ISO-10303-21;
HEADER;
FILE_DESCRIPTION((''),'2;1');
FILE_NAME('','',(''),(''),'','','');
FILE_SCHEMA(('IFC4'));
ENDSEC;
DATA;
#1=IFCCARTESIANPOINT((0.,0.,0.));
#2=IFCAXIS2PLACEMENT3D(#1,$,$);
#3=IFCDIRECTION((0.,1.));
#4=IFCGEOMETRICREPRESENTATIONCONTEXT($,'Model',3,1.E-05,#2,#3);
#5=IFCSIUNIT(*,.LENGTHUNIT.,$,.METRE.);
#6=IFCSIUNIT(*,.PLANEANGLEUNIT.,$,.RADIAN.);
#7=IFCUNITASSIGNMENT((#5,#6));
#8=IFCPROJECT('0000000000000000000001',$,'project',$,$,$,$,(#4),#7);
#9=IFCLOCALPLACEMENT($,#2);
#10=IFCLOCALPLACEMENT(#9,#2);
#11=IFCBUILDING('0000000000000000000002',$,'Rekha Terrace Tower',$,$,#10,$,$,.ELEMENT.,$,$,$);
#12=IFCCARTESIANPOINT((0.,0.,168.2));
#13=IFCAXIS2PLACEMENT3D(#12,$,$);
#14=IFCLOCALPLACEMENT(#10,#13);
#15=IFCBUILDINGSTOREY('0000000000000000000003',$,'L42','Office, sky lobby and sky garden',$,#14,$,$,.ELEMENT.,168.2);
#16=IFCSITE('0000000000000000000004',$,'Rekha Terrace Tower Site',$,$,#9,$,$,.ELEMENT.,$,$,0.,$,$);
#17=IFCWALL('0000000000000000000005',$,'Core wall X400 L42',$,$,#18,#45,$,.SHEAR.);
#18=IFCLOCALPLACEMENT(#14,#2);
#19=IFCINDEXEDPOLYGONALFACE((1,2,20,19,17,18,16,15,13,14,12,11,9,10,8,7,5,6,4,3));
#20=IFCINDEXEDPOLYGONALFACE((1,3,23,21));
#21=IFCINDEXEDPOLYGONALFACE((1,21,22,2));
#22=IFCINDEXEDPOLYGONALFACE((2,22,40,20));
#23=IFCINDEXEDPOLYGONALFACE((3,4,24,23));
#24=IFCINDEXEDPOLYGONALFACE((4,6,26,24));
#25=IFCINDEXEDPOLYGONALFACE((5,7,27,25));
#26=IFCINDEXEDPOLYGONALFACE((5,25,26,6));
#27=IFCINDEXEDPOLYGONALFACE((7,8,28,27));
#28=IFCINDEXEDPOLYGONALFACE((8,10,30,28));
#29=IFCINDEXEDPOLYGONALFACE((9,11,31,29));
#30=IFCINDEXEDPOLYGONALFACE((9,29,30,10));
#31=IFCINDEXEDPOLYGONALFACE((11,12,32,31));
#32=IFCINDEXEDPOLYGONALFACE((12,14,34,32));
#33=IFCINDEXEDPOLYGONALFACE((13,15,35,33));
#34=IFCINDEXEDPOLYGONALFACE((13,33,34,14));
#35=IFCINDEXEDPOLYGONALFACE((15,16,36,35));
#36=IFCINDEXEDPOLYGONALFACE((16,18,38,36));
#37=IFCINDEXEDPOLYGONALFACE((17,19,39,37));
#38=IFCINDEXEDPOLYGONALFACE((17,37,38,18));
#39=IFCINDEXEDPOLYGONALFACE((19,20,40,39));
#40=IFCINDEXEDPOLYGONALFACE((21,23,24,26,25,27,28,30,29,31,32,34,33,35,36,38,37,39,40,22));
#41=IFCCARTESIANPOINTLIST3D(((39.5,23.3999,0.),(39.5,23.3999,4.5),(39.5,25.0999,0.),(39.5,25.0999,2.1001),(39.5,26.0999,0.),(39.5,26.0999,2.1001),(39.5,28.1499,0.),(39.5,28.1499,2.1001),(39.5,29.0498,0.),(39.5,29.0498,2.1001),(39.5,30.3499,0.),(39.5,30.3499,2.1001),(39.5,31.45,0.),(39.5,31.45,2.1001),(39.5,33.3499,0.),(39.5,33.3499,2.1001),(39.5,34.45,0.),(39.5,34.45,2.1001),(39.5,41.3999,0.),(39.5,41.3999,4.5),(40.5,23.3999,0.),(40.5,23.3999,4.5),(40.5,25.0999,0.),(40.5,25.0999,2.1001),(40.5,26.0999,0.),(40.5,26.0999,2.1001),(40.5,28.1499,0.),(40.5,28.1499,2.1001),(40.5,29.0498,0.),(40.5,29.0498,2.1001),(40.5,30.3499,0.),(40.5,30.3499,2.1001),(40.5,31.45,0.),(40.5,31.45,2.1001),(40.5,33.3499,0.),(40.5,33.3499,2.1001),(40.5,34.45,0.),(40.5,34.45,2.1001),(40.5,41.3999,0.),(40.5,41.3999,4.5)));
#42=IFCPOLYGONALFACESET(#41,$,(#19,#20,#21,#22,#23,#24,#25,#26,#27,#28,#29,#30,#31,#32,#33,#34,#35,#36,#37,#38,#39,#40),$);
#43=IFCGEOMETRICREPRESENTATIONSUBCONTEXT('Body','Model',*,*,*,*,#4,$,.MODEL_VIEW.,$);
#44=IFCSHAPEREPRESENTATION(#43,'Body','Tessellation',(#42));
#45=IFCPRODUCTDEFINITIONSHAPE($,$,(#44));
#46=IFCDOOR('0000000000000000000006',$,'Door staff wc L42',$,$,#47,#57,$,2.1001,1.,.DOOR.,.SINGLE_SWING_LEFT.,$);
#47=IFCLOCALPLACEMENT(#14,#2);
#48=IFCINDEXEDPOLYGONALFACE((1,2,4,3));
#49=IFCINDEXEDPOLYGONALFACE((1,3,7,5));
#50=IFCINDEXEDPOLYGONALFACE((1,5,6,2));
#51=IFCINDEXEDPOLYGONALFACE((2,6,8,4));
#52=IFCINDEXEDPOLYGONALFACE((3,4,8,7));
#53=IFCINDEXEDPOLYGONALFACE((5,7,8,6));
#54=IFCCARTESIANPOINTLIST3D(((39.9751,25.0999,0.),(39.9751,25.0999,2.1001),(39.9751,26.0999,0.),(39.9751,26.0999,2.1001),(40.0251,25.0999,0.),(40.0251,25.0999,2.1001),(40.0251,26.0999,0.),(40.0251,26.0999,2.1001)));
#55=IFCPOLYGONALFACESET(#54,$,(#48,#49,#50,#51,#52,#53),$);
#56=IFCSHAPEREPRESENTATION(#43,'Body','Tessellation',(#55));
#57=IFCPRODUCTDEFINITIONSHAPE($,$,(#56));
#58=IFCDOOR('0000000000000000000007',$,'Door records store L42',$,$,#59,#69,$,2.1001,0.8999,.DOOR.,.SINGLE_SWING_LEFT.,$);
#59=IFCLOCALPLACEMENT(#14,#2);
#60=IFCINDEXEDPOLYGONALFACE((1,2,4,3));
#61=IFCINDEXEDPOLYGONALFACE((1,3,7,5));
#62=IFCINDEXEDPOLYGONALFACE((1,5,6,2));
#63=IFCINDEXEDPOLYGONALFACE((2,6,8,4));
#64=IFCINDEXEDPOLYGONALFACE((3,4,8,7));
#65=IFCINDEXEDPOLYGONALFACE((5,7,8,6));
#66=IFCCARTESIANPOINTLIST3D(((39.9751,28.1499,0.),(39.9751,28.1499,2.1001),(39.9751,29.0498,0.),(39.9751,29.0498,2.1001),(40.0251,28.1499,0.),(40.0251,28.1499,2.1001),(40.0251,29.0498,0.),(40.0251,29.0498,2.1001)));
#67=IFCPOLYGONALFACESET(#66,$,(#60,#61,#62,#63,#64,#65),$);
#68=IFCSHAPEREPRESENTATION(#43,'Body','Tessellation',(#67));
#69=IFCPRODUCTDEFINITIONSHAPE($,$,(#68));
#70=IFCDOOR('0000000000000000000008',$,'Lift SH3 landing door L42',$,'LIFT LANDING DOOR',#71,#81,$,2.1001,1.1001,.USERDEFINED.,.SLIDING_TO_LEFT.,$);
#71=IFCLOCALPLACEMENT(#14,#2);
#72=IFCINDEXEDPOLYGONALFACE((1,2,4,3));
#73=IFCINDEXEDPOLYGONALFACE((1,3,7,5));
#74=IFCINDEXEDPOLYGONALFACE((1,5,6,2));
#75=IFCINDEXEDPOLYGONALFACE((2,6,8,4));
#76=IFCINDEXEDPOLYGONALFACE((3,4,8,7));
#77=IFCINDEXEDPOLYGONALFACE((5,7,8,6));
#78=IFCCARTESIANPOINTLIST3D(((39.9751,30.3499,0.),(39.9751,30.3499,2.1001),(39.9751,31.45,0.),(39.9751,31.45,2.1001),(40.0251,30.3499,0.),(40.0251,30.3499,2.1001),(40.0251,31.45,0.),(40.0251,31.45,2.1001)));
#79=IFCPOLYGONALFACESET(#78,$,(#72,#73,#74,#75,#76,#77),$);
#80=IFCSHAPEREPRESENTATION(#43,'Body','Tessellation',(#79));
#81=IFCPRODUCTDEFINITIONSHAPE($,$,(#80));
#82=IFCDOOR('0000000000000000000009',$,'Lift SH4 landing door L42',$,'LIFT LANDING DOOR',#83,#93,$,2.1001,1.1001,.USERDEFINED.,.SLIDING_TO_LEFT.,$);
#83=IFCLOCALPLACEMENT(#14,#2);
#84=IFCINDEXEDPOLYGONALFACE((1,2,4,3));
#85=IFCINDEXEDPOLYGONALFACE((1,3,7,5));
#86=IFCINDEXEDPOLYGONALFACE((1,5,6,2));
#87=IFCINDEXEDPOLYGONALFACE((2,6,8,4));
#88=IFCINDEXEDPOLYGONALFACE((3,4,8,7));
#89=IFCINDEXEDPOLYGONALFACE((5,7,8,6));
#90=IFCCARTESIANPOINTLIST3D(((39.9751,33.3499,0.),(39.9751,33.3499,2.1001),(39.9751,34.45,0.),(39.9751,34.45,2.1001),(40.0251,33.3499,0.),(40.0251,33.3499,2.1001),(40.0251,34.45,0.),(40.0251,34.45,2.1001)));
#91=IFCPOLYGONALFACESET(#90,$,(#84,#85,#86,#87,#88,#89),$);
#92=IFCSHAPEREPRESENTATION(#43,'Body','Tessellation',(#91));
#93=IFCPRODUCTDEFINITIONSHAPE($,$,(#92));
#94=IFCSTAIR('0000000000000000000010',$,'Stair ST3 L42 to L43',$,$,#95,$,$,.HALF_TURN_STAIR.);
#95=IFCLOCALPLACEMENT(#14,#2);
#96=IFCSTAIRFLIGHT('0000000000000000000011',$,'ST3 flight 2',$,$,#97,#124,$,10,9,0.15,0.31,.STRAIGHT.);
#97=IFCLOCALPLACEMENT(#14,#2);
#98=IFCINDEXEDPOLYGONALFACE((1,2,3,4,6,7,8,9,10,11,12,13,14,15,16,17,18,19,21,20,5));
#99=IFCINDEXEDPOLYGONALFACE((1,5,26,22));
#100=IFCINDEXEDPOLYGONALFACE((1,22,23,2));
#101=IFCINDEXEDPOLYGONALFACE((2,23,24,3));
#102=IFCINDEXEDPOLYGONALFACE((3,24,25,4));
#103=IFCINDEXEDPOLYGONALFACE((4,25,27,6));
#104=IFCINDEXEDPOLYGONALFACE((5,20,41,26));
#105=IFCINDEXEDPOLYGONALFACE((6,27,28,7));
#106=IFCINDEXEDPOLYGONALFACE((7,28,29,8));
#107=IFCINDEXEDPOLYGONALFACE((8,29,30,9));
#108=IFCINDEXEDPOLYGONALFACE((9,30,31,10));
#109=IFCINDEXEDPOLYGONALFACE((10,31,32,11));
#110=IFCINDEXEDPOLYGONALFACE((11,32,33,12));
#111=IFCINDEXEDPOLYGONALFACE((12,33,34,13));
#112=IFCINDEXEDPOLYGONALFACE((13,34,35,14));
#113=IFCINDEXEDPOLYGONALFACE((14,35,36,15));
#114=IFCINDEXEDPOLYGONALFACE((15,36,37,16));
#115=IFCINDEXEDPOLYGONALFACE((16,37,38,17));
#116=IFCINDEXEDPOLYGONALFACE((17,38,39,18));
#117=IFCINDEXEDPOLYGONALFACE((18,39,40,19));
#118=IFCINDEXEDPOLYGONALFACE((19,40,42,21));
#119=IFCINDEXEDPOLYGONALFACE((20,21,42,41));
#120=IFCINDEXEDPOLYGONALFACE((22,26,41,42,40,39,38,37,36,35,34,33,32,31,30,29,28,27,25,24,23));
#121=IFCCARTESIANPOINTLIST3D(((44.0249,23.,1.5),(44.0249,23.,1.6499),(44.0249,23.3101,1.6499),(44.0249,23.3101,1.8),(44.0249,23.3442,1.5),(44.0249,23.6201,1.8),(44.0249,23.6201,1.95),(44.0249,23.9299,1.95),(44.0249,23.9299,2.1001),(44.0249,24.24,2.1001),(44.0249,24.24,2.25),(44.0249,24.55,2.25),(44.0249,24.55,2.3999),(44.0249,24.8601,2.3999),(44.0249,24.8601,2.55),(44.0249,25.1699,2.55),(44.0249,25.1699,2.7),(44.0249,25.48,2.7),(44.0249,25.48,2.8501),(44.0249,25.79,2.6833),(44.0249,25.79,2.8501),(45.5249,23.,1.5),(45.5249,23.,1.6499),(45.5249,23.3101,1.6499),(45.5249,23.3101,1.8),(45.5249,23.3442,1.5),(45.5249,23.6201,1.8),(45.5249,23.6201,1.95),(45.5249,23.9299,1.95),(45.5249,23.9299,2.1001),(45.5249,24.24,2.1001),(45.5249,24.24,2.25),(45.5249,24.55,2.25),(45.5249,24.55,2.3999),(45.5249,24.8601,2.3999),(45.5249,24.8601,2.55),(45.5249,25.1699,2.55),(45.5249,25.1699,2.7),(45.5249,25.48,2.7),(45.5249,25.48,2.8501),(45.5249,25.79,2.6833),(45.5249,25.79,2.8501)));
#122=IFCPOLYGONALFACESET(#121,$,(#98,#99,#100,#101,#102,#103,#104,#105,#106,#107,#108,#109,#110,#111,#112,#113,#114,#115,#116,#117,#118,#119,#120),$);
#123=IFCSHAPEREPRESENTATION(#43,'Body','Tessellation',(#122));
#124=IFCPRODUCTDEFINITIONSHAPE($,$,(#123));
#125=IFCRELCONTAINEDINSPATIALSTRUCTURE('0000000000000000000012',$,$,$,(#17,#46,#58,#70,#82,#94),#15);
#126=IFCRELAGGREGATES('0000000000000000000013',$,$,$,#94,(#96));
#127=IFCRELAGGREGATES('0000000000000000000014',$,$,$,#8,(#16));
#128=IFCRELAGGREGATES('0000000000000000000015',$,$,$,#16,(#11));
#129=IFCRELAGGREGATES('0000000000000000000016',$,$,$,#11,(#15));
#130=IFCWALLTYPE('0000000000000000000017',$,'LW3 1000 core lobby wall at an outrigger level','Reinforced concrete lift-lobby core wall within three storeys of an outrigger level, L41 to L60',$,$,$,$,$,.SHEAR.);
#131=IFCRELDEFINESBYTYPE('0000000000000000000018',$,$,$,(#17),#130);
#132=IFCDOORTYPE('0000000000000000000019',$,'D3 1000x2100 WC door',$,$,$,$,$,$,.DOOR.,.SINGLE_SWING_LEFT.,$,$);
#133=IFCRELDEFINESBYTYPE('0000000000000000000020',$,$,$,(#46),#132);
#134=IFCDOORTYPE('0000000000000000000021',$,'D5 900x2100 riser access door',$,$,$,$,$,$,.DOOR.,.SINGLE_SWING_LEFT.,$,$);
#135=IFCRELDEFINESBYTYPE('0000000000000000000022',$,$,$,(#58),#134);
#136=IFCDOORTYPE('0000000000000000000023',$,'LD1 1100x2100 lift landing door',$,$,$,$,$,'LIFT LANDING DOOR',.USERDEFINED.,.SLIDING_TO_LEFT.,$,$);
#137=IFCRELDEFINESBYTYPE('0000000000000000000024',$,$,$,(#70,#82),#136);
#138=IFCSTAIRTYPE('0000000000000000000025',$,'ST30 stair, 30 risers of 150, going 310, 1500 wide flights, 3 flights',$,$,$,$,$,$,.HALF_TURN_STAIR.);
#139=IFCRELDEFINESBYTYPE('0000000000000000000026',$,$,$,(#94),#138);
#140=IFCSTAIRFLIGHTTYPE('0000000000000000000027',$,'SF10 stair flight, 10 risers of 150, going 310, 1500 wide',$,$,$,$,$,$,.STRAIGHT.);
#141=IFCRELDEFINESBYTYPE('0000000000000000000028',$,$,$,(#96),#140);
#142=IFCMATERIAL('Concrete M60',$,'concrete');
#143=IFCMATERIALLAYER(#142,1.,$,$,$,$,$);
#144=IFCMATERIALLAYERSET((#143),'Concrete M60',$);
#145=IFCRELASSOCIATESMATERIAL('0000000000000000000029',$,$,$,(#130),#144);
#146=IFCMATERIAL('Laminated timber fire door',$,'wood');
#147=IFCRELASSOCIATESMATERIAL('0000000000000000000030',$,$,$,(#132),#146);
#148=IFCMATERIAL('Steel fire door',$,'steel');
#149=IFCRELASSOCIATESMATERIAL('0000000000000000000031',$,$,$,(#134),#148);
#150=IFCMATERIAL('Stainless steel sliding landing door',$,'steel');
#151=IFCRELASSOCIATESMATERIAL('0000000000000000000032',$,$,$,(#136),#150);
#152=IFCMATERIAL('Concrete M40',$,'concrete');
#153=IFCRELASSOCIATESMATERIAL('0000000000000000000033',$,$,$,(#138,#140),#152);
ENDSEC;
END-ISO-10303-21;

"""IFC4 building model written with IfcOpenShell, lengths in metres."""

from ifc_helpers import new_model, si_unit, direction, frame, frame_2d, origin, place, context, subcontext, project, spatial, polyline, rectangle, outline, extrude, material, layer, layer_set, type_object, element, fill, aggregate, save


model = new_model("IFC4")

# Units and contexts
model_context = context("Model", 3, precision=1e-05, world=origin(), true_north=direction((0.0, 1.0)))
body_context = subcontext(model_context, "Body", "Model", "MODEL_VIEW")
ifc_project = project(units=[si_unit("LENGTHUNIT", "METRE"), si_unit("PLANEANGLEUNIT", "RADIAN")], contexts=[model_context])

# Site, building, storey
site_placement = place(None, origin())
site = spatial("IfcSite", under=ifc_project, at=site_placement, Name="Rekha Terrace Tower Site", CompositionType="ELEMENT", RefElevation=0.0)
building_placement = place(site_placement, origin())
building = spatial("IfcBuilding", under=site, at=building_placement, Name="Rekha Terrace Tower", CompositionType="ELEMENT")
storey_placement = place(building_placement, frame((0.0, 0.0, 168.2)))
storey = spatial("IfcBuildingStorey", under=building, at=storey_placement, Name="L42", Description="Office, sky lobby and sky garden", CompositionType="ELEMENT", Elevation=168.2)

# Shared definitions
ifc_material_1 = material(Name="Concrete M60", Category="concrete")

# Wall, openings, doors
ifc_layer_1 = layer(ifc_material_1, 1.0)
ifc_layer_set_1 = layer_set([ifc_layer_1], Name="Concrete M60")
wall_type_1 = type_object("IfcWallType", Name="LW3 1000 core lobby wall at an outrigger level", Description="Reinforced concrete lift-lobby core wall within three storeys of an outrigger level, L41 to L60", PredefinedType="SHEAR", material=ifc_layer_set_1)
wall_1_placement = place(storey_placement, frame((40.0, 23.3999, 0.0), z_axis=(0.0, 0.0, 1.0), x_axis=(0.0, 1.0, 0.0)))
wall_1 = element("IfcWall", 1, at=wall_1_placement, inside=storey, type_object=wall_type_1, Name="Core wall X400 L42", PredefinedType="SHEAR", context=body_context, shape_type="SweptSolid", body=[
    extrude(rectangle(XDim=18.0, YDim=1.0, at=frame_2d((9.0, 0.0))), origin(), (0.0, 0.0, 1.0), 4.5),
])
opening_1_placement = place(wall_1_placement, frame((1.7, 0.0, 0.0)))
opening_1 = element("IfcOpeningElement", 2, at=opening_1_placement, cuts=wall_1, PredefinedType="OPENING", context=body_context, shape_type="SweptSolid", body=[
    extrude(rectangle(XDim=1.0, YDim=2.1001, at=frame_2d((0.5, 1.05))), frame((0.0, 0.51, 0.0), z_axis=(0.0, -1.0, 0.0), x_axis=(1.0, 0.0, 0.0)), (0.0, 0.0, 1.0), 1.02),
])
opening_2_placement = place(wall_1_placement, frame((4.75, 0.0, 0.0)))
opening_2 = element("IfcOpeningElement", 3, at=opening_2_placement, cuts=wall_1, PredefinedType="OPENING", context=body_context, shape_type="SweptSolid", body=[
    extrude(rectangle(XDim=0.8999, YDim=2.1001, at=frame_2d((0.45, 1.05))), frame((0.0, 0.51, 0.0), z_axis=(0.0, -1.0, 0.0), x_axis=(1.0, 0.0, 0.0)), (0.0, 0.0, 1.0), 1.02),
])
opening_3_placement = place(wall_1_placement, frame((6.95, 0.0, 0.0)))
opening_3 = element("IfcOpeningElement", 4, at=opening_3_placement, cuts=wall_1, PredefinedType="OPENING", context=body_context, shape_type="SweptSolid", body=[
    extrude(rectangle(XDim=1.1001, YDim=2.1001, at=frame_2d((0.55, 1.05))), frame((0.0, 0.51, 0.0), z_axis=(0.0, -1.0, 0.0), x_axis=(1.0, 0.0, 0.0)), (0.0, 0.0, 1.0), 1.02),
])
opening_4_placement = place(wall_1_placement, frame((9.95, 0.0, 0.0)))
opening_4 = element("IfcOpeningElement", 5, at=opening_4_placement, cuts=wall_1, PredefinedType="OPENING", context=body_context, shape_type="SweptSolid", body=[
    extrude(rectangle(XDim=1.1001, YDim=2.1001, at=frame_2d((0.55, 1.05))), frame((0.0, 0.51, 0.0), z_axis=(0.0, -1.0, 0.0), x_axis=(1.0, 0.0, 0.0)), (0.0, 0.0, 1.0), 1.02),
])
ifc_material_2 = material(Name="Laminated timber fire door", Category="wood")
door_type_1 = type_object("IfcDoorType", Name="D3 1000x2100 WC door", OperationType="SINGLE_SWING_LEFT", PredefinedType="DOOR", material=ifc_material_2)
door_1_placement = place(opening_1_placement, origin())
door_1 = element("IfcDoor", 6, at=door_1_placement, inside=storey, type_object=door_type_1, Name="Door staff wc L42", OperationType="SINGLE_SWING_LEFT", OverallHeight=2.1001, OverallWidth=1.0, PredefinedType="DOOR", context=body_context, shape_type="SweptSolid", body=[
    extrude(rectangle(XDim=1.0, YDim=2.1001, at=frame_2d((0.5, 1.05))), frame((0.0, 0.0249, 0.0), z_axis=(0.0, -1.0, 0.0), x_axis=(1.0, 0.0, 0.0)), (0.0, 0.0, 1.0), 0.05),
])
fill(opening_1, door_1)
ifc_material_3 = material(Name="Steel fire door", Category="steel")
door_type_2 = type_object("IfcDoorType", Name="D5 900x2100 riser access door", OperationType="SINGLE_SWING_LEFT", PredefinedType="DOOR", material=ifc_material_3)
door_2_placement = place(opening_2_placement, origin())
door_2 = element("IfcDoor", 7, at=door_2_placement, inside=storey, type_object=door_type_2, Name="Door records store L42", OperationType="SINGLE_SWING_LEFT", OverallHeight=2.1001, OverallWidth=0.8999, PredefinedType="DOOR", context=body_context, shape_type="SweptSolid", body=[
    extrude(rectangle(XDim=0.8999, YDim=2.1001, at=frame_2d((0.45, 1.05))), frame((0.0, 0.0249, 0.0), z_axis=(0.0, -1.0, 0.0), x_axis=(1.0, 0.0, 0.0)), (0.0, 0.0, 1.0), 0.05),
])
fill(opening_2, door_2)
ifc_material_4 = material(Name="Stainless steel sliding landing door", Category="steel")
door_type_3 = type_object("IfcDoorType", Name="LD1 1100x2100 lift landing door", ElementType="LIFT LANDING DOOR", OperationType="SLIDING_TO_LEFT", PredefinedType="USERDEFINED", material=ifc_material_4)
door_3_placement = place(opening_3_placement, origin())
door_3 = element("IfcDoor", 8, at=door_3_placement, inside=storey, type_object=door_type_3, Name="Lift SH3 landing door L42", ObjectType="LIFT LANDING DOOR", OperationType="SLIDING_TO_LEFT", OverallHeight=2.1001, OverallWidth=1.1001, PredefinedType="USERDEFINED", context=body_context, shape_type="SweptSolid", body=[
    extrude(rectangle(XDim=1.1001, YDim=2.1001, at=frame_2d((0.55, 1.05))), frame((0.0, 0.0249, 0.0), z_axis=(0.0, -1.0, 0.0), x_axis=(1.0, 0.0, 0.0)), (0.0, 0.0, 1.0), 0.05),
])
fill(opening_3, door_3)
door_4_placement = place(opening_4_placement, origin())
door_4 = element("IfcDoor", 9, at=door_4_placement, inside=storey, type_object=door_type_3, Name="Lift SH4 landing door L42", ObjectType="LIFT LANDING DOOR", OperationType="SLIDING_TO_LEFT", OverallHeight=2.1001, OverallWidth=1.1001, PredefinedType="USERDEFINED", context=body_context, shape_type="SweptSolid", body=[
    extrude(rectangle(XDim=1.1001, YDim=2.1001, at=frame_2d((0.55, 1.05))), frame((0.0, 0.0249, 0.0), z_axis=(0.0, -1.0, 0.0), x_axis=(1.0, 0.0, 0.0)), (0.0, 0.0, 1.0), 0.05),
])
fill(opening_4, door_4)

# Stair, stair flight
ifc_material_5 = material(Name="Concrete M40", Category="concrete")
stair_type = type_object("IfcStairType", Name="ST30 stair, 30 risers of 150, going 310, 1500 wide flights, 3 flights", PredefinedType="HALF_TURN_STAIR", material=ifc_material_5)
stair_placement = place(storey_placement, origin())
stair = element("IfcStair", 10, at=stair_placement, inside=storey, type_object=stair_type, Name="Stair ST3 L42 to L43", PredefinedType="HALF_TURN_STAIR")
stair_flight_type = type_object("IfcStairFlightType", Name="SF10 stair flight, 10 risers of 150, going 310, 1500 wide", PredefinedType="STRAIGHT", material=ifc_material_5)
stair_flight_placement = place(storey_placement, frame((44.7749, 23.0, 1.5), z_axis=(0.0, 0.0, 1.0), x_axis=(0.0, 1.0, 0.0)))
stair_flight = element("IfcStairFlight", 11, at=stair_flight_placement, type_object=stair_flight_type, Name="ST3 flight 2", NumberOfRisers=10, NumberOfTreads=9, PredefinedType="STRAIGHT", RiserHeight=0.15, TreadLength=0.31, context=body_context, shape_type="SweptSolid", body=[
    extrude(outline(polyline([(0.0, 0.0), (0.0, 0.1499), (0.3101, 0.1499), (0.3101, 0.3), (0.6201, 0.3), (0.6201, 0.45), (0.9299, 0.45), (0.9299, 0.6001), (1.24, 0.6001), (1.24, 0.75), (1.55, 0.75), (1.55, 0.8999), (1.8601, 0.8999), (1.8601, 1.05), (2.1699, 1.05), (2.1699, 1.2), (2.48, 1.2), (2.48, 1.3501), (2.79, 1.3501), (2.79, 1.5), (2.79, 1.1833), (0.3442, 0.0), (0.0, 0.0)])), frame((0.0, 0.75, 0.0), z_axis=(0.0, -1.0, 0.0), x_axis=(1.0, 0.0, 0.0)), (0.0, 0.0, 1.0), 1.5),
])
aggregate(stair, [stair_flight])

save(model, "model.ifc")
